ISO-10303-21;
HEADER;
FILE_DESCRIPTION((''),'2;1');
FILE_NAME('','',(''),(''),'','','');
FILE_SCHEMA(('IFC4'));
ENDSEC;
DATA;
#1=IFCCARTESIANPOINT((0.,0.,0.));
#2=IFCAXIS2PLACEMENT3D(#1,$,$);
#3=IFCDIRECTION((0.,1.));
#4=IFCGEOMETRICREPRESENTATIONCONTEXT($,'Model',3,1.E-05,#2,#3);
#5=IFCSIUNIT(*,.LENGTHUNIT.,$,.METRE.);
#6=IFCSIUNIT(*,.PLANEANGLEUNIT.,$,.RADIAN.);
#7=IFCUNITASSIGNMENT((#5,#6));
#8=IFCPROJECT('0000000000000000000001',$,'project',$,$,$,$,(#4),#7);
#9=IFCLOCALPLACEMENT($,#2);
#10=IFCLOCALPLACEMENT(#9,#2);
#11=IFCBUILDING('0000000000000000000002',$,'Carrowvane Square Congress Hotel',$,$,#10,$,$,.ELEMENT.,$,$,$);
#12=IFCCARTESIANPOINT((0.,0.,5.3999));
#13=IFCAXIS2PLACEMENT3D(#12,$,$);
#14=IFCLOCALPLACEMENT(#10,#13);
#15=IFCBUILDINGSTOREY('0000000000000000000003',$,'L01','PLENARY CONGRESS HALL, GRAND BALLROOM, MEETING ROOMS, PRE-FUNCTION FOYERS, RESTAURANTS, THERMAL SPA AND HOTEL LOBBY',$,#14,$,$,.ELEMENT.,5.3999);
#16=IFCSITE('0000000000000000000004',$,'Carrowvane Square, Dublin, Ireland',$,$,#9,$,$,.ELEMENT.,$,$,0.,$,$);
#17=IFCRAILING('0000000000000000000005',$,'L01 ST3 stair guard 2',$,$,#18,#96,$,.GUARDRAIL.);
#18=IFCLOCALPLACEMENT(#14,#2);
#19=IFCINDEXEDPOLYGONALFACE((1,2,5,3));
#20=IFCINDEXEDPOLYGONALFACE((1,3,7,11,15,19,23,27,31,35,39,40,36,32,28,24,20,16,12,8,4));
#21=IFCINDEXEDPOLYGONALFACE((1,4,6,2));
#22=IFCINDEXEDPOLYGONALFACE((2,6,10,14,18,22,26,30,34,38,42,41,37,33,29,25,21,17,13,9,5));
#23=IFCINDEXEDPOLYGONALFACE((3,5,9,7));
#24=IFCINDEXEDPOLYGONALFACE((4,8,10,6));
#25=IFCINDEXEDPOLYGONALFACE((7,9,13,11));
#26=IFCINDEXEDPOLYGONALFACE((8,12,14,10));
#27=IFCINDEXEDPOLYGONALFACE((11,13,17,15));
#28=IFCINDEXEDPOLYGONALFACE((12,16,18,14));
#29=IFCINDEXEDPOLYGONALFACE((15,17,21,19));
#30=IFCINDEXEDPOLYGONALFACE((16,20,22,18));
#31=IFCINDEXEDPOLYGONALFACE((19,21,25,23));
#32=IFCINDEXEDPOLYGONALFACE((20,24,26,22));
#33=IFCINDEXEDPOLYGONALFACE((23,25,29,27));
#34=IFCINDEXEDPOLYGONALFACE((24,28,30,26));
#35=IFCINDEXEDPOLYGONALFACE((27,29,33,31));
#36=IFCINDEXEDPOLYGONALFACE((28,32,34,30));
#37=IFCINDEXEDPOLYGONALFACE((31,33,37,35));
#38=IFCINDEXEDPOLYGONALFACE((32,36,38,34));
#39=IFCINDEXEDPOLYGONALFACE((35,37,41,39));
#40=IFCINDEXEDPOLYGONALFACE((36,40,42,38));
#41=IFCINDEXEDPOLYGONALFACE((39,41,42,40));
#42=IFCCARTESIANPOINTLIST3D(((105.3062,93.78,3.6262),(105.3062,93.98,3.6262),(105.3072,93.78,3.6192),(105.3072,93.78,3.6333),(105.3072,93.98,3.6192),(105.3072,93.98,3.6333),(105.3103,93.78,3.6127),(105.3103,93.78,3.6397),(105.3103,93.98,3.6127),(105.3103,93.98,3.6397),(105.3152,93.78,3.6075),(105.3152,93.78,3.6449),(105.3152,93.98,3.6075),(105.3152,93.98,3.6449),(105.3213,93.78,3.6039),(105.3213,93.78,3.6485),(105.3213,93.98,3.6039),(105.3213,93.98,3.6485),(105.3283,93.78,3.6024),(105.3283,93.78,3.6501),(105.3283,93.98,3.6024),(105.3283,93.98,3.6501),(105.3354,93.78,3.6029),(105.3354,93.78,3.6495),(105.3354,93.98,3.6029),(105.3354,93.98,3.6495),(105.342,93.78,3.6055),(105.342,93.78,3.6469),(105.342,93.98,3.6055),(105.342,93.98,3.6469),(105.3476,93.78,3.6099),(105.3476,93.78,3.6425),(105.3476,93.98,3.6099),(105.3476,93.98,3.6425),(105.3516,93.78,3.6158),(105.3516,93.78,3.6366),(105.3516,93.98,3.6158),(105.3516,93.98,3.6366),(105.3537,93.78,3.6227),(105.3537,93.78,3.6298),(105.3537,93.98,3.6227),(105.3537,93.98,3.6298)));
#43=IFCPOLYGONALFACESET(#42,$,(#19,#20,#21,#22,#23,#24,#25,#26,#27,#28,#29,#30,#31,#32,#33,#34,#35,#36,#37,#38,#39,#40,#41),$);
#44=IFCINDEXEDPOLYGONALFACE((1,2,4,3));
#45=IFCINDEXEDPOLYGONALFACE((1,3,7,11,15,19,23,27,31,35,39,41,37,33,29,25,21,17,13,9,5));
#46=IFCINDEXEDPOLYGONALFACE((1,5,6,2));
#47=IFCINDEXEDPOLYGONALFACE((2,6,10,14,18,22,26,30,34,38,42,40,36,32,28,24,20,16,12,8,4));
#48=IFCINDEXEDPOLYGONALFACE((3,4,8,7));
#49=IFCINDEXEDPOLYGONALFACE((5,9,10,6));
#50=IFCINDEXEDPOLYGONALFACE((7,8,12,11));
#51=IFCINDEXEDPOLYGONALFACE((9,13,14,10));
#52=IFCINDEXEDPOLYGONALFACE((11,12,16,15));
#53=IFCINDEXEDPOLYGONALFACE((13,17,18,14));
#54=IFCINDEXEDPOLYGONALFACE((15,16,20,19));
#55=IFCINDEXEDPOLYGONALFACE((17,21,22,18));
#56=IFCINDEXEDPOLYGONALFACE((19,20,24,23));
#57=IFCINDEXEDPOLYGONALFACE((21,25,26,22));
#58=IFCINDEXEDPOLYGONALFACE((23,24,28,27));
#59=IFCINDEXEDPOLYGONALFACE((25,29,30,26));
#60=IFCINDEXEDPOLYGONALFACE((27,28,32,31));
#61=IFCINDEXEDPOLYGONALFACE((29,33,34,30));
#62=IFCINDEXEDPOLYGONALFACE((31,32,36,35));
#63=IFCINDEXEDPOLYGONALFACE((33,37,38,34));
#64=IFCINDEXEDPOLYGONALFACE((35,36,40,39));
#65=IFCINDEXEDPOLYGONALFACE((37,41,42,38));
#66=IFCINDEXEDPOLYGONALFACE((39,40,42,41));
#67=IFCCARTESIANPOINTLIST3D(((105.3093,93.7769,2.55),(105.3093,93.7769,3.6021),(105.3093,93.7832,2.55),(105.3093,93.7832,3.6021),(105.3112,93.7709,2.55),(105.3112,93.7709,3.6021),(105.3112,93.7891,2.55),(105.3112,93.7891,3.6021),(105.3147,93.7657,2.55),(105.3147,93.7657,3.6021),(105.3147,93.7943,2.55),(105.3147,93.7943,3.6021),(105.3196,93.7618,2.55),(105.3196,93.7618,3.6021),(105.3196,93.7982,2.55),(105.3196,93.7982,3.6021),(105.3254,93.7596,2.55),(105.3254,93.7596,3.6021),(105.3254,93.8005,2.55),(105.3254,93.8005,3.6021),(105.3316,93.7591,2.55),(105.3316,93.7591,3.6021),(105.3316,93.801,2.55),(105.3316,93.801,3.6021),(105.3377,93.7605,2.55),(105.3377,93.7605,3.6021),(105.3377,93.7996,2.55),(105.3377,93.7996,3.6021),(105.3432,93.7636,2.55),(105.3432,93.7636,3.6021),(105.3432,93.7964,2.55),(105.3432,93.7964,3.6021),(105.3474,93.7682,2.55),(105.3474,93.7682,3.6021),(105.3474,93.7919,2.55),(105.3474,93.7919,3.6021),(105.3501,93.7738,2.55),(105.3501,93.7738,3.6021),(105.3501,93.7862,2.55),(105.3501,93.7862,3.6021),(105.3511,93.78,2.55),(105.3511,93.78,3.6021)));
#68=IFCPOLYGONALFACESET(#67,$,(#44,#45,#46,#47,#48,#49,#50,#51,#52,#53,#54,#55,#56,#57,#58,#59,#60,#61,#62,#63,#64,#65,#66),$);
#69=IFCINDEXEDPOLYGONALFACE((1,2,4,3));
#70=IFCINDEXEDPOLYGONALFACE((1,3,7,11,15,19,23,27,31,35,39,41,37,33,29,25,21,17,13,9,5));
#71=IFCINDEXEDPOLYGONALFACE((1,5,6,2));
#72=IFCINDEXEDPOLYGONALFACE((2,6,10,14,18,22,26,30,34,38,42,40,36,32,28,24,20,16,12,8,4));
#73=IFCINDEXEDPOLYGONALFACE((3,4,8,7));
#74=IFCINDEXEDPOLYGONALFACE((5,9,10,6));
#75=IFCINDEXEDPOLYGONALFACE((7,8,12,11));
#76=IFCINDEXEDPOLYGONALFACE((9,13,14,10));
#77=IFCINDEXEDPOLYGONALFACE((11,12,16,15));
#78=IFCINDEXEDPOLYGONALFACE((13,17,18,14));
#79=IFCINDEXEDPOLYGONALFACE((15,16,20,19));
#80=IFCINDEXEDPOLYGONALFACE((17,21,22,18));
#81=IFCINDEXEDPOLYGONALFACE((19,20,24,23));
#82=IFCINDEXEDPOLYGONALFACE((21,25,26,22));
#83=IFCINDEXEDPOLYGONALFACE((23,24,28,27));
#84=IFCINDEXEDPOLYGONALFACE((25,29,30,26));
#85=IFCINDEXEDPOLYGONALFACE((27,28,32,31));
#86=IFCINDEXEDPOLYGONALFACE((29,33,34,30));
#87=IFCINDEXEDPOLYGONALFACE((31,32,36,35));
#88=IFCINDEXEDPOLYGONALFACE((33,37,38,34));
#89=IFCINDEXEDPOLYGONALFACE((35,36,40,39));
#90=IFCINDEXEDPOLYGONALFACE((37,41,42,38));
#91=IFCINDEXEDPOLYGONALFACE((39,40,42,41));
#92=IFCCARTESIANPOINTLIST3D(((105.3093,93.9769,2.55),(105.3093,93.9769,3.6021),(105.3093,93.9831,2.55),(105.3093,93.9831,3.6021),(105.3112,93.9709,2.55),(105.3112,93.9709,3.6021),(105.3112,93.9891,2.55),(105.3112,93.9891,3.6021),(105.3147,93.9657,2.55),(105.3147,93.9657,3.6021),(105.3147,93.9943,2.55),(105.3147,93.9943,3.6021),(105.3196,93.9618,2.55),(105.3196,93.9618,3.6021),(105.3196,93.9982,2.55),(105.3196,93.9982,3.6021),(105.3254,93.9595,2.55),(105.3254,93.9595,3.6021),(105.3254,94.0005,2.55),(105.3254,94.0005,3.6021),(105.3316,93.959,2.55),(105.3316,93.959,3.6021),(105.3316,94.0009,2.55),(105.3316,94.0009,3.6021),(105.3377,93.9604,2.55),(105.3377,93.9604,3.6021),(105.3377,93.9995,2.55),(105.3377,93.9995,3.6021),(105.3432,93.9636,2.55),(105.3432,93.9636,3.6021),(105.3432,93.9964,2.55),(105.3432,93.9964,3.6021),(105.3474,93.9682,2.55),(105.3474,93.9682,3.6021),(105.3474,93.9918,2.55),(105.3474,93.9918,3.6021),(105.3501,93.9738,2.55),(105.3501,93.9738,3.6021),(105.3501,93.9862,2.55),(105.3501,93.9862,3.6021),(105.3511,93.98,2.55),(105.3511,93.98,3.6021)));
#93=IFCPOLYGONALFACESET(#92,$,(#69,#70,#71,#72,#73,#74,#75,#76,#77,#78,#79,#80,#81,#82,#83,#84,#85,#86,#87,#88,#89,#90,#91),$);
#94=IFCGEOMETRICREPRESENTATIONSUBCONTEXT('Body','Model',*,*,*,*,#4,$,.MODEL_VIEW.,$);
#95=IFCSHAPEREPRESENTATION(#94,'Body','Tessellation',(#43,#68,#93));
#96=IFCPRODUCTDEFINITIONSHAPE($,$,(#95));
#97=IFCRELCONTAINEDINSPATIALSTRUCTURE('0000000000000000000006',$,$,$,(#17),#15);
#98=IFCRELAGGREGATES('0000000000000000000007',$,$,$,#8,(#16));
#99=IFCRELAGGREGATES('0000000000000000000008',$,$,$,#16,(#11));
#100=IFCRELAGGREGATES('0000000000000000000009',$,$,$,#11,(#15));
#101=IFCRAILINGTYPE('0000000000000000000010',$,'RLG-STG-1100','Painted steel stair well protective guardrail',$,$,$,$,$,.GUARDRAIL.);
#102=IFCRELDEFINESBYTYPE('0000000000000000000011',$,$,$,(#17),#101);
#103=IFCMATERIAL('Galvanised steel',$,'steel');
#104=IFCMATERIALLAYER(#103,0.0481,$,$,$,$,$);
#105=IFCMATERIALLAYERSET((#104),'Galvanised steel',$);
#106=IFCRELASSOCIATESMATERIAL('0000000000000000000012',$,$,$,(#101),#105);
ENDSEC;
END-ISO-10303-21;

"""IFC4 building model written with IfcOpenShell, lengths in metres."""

from ifc_helpers import new_model, si_unit, direction, frame, origin, origin_2d, place, context, subcontext, project, spatial, circle, extrude, material, layer, layer_set, type_object, element, save


model = new_model("IFC4")

# Units and contexts
model_context = context("Model", 3, precision=1e-05, world=origin(), true_north=direction((0.0, 1.0)))
body_context = subcontext(model_context, "Body", "Model", "MODEL_VIEW")
ifc_project = project(units=[si_unit("LENGTHUNIT", "METRE"), si_unit("PLANEANGLEUNIT", "RADIAN")], contexts=[model_context])

# Site, building, storey
site_placement = place(None, origin())
site = spatial("IfcSite", under=ifc_project, at=site_placement, Name="Carrowvane Square, Dublin, Ireland", CompositionType="ELEMENT", RefElevation=0.0)
building_placement = place(site_placement, origin())
building = spatial("IfcBuilding", under=site, at=building_placement, Name="Carrowvane Square Congress Hotel", CompositionType="ELEMENT")
storey_placement = place(building_placement, frame((0.0, 0.0, 5.3999)))
storey = spatial("IfcBuildingStorey", under=building, at=storey_placement, Name="L01", Description="PLENARY CONGRESS HALL, GRAND BALLROOM, MEETING ROOMS, PRE-FUNCTION FOYERS, RESTAURANTS, THERMAL SPA AND HOTEL LOBBY", CompositionType="ELEMENT", Elevation=5.3999)

# Railing
ifc_material_1 = material(Name="Galvanised steel", Category="steel")
ifc_layer_1 = layer(ifc_material_1, 0.0481)
ifc_layer_set_1 = layer_set([ifc_layer_1], Name="Galvanised steel")
railing_type_1 = type_object("IfcRailingType", Name="RLG-STG-1100", Description="Painted steel stair well protective guardrail", PredefinedType="GUARDRAIL", material=ifc_layer_set_1)
railing_1_placement = place(storey_placement, frame((105.3301, 93.78, 2.55)))
element("IfcRailing", 1, at=railing_1_placement, inside=storey, type_object=railing_type_1, Name="L01 ST3 stair guard 2", PredefinedType="GUARDRAIL", context=body_context, shape_type="SweptSolid", body=[
    extrude(circle(Radius=0.0239, at=origin_2d()), frame((0.0, 0.0, 1.0762), z_axis=(0.0, 1.0, 0.0), x_axis=(-1.0, 0.0, 0.0)), (0.0, 0.0, 1.0), 0.2),
    extrude(circle(Radius=0.021, at=origin_2d()), origin(), (0.0, 0.0, 1.0), 1.052),
    extrude(circle(Radius=0.021, at=origin_2d()), frame((0.0, 0.2, 0.0)), (0.0, 0.0, 1.0), 1.052),
])

save(model, "model.ifc")
